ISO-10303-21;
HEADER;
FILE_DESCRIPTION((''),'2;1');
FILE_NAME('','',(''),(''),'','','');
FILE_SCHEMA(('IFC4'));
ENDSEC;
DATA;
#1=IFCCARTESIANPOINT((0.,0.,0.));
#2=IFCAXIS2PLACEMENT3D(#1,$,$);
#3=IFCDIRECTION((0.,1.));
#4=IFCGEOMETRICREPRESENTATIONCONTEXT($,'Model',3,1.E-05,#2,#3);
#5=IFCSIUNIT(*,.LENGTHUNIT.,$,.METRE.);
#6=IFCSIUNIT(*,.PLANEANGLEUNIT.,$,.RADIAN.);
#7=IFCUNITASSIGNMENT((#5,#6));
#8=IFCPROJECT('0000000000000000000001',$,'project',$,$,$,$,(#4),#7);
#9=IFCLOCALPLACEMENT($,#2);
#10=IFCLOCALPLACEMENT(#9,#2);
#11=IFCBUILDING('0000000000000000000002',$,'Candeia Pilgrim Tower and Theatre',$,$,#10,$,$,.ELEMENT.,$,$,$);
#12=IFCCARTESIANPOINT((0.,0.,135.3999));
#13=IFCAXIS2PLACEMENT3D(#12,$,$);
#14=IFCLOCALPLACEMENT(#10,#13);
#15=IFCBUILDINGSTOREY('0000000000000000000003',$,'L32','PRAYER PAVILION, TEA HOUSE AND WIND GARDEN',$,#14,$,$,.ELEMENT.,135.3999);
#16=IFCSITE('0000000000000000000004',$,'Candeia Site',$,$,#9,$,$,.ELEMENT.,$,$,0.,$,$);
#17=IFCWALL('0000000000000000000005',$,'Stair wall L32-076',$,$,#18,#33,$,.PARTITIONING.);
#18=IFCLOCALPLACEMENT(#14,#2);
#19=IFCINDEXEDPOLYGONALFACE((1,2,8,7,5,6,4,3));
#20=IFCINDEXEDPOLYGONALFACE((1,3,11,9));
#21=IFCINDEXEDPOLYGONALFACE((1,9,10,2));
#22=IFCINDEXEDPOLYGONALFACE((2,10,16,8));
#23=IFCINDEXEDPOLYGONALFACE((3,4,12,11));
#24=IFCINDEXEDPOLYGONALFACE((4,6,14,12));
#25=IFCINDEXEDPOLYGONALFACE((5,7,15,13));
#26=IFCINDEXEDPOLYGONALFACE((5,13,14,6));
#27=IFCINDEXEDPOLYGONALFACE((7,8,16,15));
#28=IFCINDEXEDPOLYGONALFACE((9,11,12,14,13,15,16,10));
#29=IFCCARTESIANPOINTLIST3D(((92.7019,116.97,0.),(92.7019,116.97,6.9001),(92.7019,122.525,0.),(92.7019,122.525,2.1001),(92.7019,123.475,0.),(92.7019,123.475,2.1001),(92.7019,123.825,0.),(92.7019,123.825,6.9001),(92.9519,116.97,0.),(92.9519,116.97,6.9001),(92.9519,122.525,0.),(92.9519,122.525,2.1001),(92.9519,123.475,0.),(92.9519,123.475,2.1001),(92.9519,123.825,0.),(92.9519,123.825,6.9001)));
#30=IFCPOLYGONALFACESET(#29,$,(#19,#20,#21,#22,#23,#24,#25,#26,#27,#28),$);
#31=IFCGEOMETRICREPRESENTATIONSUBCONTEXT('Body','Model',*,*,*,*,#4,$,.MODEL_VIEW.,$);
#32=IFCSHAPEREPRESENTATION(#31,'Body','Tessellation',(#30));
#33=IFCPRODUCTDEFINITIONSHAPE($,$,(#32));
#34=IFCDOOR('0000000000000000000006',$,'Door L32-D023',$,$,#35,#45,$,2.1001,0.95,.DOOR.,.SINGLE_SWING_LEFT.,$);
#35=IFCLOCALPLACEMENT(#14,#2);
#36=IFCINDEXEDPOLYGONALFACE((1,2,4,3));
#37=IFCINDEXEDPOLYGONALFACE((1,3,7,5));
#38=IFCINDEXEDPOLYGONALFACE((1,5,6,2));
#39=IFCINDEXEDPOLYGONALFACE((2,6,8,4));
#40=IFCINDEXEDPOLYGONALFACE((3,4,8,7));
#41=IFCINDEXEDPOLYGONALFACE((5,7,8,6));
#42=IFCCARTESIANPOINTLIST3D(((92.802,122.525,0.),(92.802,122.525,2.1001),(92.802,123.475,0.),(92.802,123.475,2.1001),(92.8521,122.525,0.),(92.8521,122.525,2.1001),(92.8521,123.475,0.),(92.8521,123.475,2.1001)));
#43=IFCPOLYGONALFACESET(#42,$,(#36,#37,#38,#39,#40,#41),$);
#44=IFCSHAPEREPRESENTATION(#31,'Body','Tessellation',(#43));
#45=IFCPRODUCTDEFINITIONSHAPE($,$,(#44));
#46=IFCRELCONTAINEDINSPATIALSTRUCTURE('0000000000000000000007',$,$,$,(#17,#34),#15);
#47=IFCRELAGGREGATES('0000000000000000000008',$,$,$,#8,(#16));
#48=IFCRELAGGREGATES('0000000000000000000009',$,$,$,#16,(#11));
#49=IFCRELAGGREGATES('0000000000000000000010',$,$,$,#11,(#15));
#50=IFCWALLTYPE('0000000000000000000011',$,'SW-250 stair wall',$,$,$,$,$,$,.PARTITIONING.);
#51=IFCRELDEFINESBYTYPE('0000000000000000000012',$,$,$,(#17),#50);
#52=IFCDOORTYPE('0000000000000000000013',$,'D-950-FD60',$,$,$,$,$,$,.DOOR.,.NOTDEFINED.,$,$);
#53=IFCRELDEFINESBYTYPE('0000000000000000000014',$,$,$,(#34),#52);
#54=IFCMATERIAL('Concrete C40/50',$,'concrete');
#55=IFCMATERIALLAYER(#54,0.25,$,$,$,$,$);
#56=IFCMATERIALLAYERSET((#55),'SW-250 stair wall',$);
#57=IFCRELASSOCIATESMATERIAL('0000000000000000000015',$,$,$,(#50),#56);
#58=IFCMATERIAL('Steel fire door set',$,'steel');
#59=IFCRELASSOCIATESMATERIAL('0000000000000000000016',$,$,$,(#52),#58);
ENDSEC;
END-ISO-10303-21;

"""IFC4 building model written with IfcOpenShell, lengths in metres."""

from ifc_helpers import new_model, si_unit, direction, frame, frame_2d, origin, place, context, subcontext, project, spatial, rectangle, extrude, material, layer, layer_set, type_object, element, fill, save


model = new_model("IFC4")

# Units and contexts
model_context = context("Model", 3, precision=1e-05, world=origin(), true_north=direction((0.0, 1.0)))
body_context = subcontext(model_context, "Body", "Model", "MODEL_VIEW")
ifc_project = project(units=[si_unit("LENGTHUNIT", "METRE"), si_unit("PLANEANGLEUNIT", "RADIAN")], contexts=[model_context])

# Site, building, storey
site_placement = place(None, origin())
site = spatial("IfcSite", under=ifc_project, at=site_placement, Name="Candeia Site", CompositionType="ELEMENT", RefElevation=0.0)
building_placement = place(site_placement, origin())
building = spatial("IfcBuilding", under=site, at=building_placement, Name="Candeia Pilgrim Tower and Theatre", CompositionType="ELEMENT")
storey_placement = place(building_placement, frame((0.0, 0.0, 135.3999)))
storey = spatial("IfcBuildingStorey", under=building, at=storey_placement, Name="L32", Description="PRAYER PAVILION, TEA HOUSE AND WIND GARDEN", CompositionType="ELEMENT", Elevation=135.3999)

# Shared definitions
ifc_material_1 = material(Name="Steel fire door set", Category="steel")

# Shared definitions
ifc_material_2 = material(Name="Concrete C40/50", Category="concrete")

# Wall, opening, door
ifc_layer_1 = layer(ifc_material_2, 0.25)
ifc_layer_set_1 = layer_set([ifc_layer_1], Name="SW-250 stair wall")
wall_type_1 = type_object("IfcWallType", Name="SW-250 stair wall", PredefinedType="PARTITIONING", material=ifc_layer_set_1)
wall_1_placement = place(storey_placement, frame((92.8269, 116.97, 0.0), z_axis=(0.0, 0.0, 1.0), x_axis=(0.0, 1.0, 0.0)))
wall_1 = element("IfcWall", 1, at=wall_1_placement, inside=storey, type_object=wall_type_1, Name="Stair wall L32-076", PredefinedType="PARTITIONING", context=body_context, shape_type="SweptSolid", body=[
    extrude(rectangle(XDim=6.855, YDim=0.25, at=frame_2d((3.4275, 0.0))), origin(), (0.0, 0.0, 1.0), 6.9001),
])
opening_1_placement = place(wall_1_placement, frame((5.5549, 0.0, 0.0)))
opening_1 = element("IfcOpeningElement", 2, at=opening_1_placement, cuts=wall_1, PredefinedType="OPENING", context=body_context, shape_type="SweptSolid", body=[
    extrude(rectangle(XDim=0.95, YDim=2.1001, at=frame_2d((0.4751, 1.05))), frame((0.0, 0.135, 0.0), z_axis=(0.0, -1.0, 0.0), x_axis=(1.0, 0.0, 0.0)), (0.0, 0.0, 1.0), 0.27),
])
door_type_1 = type_object("IfcDoorType", Name="D-950-FD60", OperationType="NOTDEFINED", PredefinedType="DOOR", material=ifc_material_1)
door_1_placement = place(opening_1_placement, origin())
door_1 = element("IfcDoor", 3, at=door_1_placement, inside=storey, type_object=door_type_1, Name="Door L32-D023", OperationType="SINGLE_SWING_LEFT", OverallHeight=2.1001, OverallWidth=0.95, PredefinedType="DOOR", context=body_context, shape_type="SweptSolid", body=[
    extrude(rectangle(XDim=0.95, YDim=2.1001, at=frame_2d((0.4751, 1.05))), frame((0.0, 0.0249, 0.0), z_axis=(0.0, -1.0, 0.0), x_axis=(1.0, 0.0, 0.0)), (0.0, 0.0, 1.0), 0.05),
])
fill(opening_1, door_1)

save(model, "model.ifc")
